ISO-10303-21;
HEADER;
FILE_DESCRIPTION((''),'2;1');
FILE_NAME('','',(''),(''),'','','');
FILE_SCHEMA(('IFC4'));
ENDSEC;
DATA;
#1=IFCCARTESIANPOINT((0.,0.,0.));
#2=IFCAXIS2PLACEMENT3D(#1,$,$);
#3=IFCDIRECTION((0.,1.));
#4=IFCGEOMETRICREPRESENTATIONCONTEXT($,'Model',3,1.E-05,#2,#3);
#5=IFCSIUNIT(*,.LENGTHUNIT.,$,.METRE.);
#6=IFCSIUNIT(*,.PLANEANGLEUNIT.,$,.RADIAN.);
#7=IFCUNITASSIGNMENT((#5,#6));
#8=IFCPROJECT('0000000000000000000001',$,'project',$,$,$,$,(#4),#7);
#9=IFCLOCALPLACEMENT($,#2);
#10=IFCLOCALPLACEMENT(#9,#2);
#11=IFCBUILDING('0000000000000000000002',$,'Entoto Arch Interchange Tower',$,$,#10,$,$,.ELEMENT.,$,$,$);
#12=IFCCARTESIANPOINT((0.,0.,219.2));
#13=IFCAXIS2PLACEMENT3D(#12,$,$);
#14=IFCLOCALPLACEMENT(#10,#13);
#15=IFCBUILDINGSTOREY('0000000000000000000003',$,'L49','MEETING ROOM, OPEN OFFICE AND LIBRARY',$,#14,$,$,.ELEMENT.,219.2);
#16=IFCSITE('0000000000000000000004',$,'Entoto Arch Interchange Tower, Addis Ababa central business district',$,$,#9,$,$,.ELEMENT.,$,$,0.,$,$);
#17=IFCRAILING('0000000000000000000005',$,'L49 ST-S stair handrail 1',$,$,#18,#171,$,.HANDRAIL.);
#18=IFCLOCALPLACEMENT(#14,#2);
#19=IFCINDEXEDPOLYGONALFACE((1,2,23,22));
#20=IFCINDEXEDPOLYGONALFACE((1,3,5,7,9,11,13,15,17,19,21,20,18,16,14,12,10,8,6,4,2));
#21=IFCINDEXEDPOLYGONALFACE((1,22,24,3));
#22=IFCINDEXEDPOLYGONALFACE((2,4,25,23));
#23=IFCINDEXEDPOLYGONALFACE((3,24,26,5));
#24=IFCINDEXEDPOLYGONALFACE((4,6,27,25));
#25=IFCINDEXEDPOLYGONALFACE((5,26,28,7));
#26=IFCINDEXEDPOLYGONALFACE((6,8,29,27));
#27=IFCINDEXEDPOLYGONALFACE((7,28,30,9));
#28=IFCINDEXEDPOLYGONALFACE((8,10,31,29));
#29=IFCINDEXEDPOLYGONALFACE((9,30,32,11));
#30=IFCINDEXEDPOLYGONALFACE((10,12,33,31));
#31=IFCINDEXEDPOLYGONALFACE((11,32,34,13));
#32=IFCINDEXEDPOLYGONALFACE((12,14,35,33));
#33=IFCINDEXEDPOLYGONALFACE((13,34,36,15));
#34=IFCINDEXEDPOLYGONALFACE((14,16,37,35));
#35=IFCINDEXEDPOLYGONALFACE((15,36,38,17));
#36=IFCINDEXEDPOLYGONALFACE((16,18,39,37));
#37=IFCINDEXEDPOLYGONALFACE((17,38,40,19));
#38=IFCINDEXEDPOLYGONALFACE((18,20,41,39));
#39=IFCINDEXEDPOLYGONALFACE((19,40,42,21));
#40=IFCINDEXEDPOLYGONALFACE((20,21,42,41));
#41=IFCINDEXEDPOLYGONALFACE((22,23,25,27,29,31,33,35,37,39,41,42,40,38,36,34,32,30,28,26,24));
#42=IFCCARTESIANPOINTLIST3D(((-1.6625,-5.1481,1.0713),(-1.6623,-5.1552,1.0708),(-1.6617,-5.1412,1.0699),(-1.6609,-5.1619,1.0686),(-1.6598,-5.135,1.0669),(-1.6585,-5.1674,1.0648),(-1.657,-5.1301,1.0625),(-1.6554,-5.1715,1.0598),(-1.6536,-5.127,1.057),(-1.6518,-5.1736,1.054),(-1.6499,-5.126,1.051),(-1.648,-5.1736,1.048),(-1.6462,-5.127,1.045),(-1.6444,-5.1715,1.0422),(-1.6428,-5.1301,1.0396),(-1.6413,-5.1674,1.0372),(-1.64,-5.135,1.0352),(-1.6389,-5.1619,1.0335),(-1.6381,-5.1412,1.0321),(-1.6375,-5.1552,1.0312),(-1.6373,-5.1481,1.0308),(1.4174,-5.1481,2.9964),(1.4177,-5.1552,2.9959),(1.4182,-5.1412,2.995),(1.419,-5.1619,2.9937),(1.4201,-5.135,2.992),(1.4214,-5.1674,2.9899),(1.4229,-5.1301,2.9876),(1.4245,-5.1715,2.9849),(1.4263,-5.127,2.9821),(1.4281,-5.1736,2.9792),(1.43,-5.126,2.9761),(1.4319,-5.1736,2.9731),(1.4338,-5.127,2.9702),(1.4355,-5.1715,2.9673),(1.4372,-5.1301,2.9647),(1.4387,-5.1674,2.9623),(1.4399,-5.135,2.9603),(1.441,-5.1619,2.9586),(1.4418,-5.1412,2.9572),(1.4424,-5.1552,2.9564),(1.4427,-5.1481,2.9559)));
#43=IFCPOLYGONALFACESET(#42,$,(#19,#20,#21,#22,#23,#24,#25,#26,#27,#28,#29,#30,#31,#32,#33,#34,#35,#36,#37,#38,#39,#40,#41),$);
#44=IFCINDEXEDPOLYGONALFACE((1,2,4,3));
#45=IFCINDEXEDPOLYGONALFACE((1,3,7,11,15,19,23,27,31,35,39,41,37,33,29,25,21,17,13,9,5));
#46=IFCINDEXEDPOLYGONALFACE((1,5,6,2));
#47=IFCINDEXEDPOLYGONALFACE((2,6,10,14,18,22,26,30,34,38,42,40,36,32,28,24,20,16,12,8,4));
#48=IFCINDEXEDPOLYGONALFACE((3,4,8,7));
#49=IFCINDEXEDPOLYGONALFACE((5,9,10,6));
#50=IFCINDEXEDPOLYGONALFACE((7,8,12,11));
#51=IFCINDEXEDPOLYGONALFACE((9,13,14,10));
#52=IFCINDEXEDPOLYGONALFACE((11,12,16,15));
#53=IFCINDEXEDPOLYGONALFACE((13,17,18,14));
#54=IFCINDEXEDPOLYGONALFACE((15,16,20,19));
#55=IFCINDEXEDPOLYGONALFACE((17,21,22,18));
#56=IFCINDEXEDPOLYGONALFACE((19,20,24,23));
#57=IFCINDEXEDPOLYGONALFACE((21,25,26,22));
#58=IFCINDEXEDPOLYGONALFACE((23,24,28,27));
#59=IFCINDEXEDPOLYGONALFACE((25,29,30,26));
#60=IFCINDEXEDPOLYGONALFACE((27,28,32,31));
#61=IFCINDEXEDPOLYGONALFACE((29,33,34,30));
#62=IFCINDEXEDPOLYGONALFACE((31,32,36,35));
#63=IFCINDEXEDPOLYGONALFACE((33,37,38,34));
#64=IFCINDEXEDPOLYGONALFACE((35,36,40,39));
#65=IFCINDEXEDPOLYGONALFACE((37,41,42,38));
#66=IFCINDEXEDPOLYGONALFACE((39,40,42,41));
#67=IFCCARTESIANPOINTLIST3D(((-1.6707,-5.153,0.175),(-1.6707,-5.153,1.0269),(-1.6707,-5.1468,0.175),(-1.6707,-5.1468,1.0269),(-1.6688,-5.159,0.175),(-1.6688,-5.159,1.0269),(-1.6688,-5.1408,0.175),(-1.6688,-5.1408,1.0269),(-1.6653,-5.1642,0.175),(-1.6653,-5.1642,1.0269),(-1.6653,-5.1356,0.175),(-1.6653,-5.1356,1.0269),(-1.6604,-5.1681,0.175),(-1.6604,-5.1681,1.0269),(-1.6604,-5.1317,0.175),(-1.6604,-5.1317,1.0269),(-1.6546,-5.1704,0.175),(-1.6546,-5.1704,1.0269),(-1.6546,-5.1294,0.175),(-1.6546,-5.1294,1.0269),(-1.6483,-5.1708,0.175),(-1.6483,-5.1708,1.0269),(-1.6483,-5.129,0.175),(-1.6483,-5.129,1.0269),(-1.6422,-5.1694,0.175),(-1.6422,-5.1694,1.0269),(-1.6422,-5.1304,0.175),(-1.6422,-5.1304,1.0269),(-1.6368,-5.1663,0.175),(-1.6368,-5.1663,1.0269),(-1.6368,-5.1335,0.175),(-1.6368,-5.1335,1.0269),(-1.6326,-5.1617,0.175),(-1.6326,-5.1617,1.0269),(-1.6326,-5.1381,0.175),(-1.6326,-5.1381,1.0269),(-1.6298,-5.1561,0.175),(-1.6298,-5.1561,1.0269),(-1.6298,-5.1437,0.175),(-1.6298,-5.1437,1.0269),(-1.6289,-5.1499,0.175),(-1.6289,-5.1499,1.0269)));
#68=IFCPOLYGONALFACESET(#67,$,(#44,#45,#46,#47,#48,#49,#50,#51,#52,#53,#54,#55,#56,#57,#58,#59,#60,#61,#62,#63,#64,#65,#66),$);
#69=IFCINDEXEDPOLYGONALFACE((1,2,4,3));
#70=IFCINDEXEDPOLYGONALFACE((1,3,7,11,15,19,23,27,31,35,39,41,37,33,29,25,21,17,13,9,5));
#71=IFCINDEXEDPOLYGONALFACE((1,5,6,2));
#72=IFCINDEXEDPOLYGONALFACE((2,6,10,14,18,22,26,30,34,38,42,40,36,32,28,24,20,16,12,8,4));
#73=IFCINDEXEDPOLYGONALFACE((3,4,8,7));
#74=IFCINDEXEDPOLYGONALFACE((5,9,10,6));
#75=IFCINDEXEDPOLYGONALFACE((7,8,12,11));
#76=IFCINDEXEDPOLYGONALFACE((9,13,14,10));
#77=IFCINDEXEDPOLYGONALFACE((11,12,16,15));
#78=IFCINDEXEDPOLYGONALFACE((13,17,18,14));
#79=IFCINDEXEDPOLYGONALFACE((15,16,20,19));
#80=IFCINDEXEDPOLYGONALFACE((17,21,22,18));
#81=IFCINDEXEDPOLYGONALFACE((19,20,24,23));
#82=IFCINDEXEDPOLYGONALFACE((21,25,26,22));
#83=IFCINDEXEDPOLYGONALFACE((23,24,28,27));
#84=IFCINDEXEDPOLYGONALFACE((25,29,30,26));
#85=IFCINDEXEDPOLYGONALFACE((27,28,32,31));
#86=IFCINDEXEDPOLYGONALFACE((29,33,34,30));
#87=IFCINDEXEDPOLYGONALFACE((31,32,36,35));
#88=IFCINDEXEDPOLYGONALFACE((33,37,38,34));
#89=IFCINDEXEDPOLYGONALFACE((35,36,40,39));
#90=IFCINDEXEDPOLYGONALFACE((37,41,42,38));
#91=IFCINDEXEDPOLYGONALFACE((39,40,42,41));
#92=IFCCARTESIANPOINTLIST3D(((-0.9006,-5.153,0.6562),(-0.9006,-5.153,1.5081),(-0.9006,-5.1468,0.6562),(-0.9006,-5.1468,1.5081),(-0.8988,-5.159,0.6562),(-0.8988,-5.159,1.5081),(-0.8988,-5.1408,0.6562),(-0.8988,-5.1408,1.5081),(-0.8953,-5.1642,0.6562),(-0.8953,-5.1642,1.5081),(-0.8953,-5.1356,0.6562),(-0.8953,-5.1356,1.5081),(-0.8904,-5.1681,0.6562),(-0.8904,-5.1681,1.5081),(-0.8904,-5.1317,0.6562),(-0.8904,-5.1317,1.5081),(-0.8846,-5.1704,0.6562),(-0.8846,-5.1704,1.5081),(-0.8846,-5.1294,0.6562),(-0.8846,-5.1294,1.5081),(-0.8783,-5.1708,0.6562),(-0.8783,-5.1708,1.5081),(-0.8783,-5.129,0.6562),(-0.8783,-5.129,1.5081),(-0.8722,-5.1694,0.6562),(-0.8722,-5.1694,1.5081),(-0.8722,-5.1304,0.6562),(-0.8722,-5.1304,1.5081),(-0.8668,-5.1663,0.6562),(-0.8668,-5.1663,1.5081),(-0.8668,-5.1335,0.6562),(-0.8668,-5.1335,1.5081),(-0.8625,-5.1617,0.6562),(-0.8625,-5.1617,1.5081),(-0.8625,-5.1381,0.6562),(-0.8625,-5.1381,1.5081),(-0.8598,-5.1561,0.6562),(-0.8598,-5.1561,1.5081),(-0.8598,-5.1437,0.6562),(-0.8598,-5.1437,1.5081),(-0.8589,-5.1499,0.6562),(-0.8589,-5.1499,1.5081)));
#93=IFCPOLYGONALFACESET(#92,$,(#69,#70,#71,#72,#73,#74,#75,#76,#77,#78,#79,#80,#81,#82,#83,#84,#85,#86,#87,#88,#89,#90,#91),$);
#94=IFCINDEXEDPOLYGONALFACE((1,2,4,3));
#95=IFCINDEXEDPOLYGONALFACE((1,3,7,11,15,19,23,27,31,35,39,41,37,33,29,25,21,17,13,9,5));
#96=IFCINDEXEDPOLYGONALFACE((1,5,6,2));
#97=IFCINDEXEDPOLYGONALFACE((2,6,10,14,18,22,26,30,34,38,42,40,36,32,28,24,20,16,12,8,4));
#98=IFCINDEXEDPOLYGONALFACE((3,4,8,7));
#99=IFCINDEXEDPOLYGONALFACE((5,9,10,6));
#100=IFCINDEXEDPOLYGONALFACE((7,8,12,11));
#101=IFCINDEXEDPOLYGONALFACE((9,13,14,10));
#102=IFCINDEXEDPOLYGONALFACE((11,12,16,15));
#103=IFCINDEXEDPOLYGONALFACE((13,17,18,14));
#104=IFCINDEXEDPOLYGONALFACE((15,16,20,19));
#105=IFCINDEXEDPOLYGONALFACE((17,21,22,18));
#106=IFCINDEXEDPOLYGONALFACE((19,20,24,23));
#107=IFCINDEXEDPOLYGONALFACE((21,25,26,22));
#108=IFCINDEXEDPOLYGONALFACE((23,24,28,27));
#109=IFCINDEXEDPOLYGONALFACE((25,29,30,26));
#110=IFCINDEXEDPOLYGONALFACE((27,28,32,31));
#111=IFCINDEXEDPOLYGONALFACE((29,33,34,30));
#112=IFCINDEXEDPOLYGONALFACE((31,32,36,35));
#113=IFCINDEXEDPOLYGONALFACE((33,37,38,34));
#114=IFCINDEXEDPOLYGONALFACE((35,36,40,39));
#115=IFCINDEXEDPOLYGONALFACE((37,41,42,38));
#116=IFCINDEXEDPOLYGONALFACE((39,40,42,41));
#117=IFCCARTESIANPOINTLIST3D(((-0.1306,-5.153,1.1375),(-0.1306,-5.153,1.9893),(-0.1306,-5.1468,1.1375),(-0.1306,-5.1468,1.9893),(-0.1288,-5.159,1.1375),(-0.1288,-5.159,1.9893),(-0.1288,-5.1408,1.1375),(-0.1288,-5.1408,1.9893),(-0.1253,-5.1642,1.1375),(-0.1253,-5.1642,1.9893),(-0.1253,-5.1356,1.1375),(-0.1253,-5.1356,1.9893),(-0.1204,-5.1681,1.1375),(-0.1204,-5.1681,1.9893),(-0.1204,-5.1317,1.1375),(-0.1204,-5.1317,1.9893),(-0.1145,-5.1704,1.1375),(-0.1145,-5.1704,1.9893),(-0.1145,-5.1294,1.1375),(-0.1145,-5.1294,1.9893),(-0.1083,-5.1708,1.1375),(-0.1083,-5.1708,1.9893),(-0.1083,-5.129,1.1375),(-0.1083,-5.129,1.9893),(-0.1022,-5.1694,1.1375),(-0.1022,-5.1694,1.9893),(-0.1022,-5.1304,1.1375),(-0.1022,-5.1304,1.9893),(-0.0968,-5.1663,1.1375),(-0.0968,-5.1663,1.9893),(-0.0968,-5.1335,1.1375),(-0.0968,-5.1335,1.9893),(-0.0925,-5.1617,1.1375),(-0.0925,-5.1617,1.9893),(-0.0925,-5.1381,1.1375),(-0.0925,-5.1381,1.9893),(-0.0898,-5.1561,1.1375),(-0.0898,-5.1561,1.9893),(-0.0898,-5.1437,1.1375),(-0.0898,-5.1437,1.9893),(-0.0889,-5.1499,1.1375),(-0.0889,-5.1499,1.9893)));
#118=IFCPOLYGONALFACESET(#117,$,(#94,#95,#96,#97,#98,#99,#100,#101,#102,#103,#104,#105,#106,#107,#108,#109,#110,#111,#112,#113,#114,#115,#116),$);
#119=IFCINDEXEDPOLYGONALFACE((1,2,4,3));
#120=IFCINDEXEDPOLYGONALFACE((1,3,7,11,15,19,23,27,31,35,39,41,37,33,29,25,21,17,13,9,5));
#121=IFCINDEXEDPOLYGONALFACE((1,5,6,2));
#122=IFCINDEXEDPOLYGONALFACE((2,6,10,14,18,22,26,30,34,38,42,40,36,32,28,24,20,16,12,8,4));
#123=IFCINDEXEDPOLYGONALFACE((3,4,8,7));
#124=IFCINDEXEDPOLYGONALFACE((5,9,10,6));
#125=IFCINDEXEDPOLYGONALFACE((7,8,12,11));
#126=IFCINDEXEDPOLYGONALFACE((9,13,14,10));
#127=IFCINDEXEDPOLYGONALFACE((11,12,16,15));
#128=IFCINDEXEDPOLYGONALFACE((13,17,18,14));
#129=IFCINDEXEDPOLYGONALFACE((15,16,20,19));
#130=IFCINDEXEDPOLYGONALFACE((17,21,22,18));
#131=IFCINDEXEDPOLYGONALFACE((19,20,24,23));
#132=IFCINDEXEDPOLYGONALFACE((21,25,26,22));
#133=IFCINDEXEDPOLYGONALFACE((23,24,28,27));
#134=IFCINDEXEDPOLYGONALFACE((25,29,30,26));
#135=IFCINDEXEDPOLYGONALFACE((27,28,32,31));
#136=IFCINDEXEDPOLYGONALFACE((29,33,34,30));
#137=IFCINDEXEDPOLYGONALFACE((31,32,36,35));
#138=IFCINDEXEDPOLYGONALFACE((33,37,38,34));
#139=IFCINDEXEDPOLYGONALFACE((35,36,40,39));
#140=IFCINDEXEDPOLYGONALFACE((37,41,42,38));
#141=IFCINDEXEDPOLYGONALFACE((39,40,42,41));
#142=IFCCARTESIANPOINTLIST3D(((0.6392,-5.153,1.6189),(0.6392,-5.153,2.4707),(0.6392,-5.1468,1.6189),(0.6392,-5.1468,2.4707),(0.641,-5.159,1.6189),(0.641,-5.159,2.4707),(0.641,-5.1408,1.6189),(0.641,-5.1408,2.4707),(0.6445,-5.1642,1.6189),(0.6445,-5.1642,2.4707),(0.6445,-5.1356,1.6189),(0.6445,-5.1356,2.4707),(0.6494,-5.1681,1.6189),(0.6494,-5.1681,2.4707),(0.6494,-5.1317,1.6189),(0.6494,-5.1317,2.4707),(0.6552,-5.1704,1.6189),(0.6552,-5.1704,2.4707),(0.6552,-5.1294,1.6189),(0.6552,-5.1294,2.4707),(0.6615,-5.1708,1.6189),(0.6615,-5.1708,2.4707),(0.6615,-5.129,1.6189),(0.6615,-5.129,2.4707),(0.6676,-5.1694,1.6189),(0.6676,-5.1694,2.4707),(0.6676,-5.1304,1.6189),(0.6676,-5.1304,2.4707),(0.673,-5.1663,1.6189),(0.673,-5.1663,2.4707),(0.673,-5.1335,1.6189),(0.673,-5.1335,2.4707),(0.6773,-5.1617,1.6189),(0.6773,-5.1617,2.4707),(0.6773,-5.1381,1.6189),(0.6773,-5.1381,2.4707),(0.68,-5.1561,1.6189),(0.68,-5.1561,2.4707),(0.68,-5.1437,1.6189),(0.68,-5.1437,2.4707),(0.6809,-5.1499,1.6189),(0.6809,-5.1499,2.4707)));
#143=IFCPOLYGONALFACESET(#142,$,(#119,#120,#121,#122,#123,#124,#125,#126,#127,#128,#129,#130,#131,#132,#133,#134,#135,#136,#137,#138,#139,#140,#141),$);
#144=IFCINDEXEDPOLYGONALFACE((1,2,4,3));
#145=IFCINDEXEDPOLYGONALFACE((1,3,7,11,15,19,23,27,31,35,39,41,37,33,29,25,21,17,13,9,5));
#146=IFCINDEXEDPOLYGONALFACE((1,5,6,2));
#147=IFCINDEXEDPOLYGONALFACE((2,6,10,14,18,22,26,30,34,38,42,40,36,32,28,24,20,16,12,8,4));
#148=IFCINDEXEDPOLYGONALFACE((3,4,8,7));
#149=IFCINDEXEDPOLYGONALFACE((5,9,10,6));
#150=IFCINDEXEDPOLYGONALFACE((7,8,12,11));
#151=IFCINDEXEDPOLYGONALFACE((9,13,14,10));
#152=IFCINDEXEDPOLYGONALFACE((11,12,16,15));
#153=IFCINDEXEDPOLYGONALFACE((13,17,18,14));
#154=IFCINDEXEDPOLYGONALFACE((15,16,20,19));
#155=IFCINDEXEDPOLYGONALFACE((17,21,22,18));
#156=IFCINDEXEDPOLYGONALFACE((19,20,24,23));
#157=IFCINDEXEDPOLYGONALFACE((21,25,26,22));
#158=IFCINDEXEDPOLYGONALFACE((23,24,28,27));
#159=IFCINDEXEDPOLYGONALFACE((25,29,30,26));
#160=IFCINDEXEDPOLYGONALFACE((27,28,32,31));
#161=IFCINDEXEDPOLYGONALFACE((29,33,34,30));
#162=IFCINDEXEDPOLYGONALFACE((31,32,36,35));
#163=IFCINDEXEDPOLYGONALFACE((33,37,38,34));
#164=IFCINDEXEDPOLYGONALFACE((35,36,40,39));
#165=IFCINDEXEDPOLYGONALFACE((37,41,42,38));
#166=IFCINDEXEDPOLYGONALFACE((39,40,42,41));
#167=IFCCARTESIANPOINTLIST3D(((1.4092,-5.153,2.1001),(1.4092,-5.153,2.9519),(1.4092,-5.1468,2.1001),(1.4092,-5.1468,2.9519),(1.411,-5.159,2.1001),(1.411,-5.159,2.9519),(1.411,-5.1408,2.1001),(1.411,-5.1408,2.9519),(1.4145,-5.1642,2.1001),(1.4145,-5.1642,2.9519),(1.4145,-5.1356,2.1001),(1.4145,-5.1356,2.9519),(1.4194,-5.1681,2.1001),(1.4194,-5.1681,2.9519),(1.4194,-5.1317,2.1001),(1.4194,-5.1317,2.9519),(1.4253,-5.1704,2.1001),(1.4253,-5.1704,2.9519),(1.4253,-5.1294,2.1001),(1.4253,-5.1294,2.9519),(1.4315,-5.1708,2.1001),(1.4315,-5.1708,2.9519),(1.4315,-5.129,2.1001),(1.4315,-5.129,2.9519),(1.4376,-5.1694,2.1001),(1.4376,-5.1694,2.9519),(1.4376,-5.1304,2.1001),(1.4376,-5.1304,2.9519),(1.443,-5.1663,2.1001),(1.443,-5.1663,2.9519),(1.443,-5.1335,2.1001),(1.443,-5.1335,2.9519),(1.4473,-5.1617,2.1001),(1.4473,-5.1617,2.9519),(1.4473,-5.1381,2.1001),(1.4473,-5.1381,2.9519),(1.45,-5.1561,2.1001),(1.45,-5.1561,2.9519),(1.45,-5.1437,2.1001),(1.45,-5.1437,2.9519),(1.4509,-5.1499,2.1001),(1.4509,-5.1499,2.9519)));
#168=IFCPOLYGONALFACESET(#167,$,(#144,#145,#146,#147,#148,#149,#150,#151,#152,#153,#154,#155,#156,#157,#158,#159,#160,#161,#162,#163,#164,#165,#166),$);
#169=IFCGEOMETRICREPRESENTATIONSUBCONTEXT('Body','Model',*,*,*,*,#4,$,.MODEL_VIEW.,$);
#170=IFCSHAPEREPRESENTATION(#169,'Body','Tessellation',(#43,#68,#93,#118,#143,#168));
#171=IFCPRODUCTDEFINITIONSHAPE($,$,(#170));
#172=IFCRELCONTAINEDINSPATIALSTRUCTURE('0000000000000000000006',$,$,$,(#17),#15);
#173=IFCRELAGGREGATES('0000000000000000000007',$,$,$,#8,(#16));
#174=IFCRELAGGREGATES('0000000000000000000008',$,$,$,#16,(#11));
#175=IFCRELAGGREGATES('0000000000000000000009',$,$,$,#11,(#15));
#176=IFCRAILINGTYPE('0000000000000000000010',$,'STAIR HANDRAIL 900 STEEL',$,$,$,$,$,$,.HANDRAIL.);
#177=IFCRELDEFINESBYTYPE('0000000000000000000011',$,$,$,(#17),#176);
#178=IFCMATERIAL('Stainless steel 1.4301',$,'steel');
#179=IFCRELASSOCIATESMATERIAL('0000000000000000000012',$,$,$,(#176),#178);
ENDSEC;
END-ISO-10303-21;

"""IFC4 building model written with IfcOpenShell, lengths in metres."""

from ifc_helpers import new_model, si_unit, direction, frame, origin, origin_2d, place, context, subcontext, project, spatial, circle, extrude, material, type_object, element, save


model = new_model("IFC4")

# Units and contexts
model_context = context("Model", 3, precision=1e-05, world=origin(), true_north=direction((0.0, 1.0)))
body_context = subcontext(model_context, "Body", "Model", "MODEL_VIEW")
ifc_project = project(units=[si_unit("LENGTHUNIT", "METRE"), si_unit("PLANEANGLEUNIT", "RADIAN")], contexts=[model_context])

# Site, building, storey
site_placement = place(None, origin())
site = spatial("IfcSite", under=ifc_project, at=site_placement, Name="Entoto Arch Interchange Tower, Addis Ababa central business district", CompositionType="ELEMENT", RefElevation=0.0)
building_placement = place(site_placement, origin())
building = spatial("IfcBuilding", under=site, at=building_placement, Name="Entoto Arch Interchange Tower", CompositionType="ELEMENT")
storey_placement = place(building_placement, frame((0.0, 0.0, 219.2)))
storey = spatial("IfcBuildingStorey", under=building, at=storey_placement, Name="L49", Description="MEETING ROOM, OPEN OFFICE AND LIBRARY", CompositionType="ELEMENT", Elevation=219.2)

# Railing
ifc_material_1 = material(Name="Stainless steel 1.4301", Category="steel")
railing_type_1 = type_object("IfcRailingType", Name="STAIR HANDRAIL 900 STEEL", PredefinedType="HANDRAIL", material=ifc_material_1)
railing_1_placement = place(storey_placement, frame((-1.6499, -5.1499, 0.175)))
element("IfcRailing", 1, at=railing_1_placement, inside=storey, type_object=railing_type_1, Name="L49 ST-S stair handrail 1", PredefinedType="HANDRAIL", context=body_context, shape_type="SweptSolid", body=[
    extrude(circle(Radius=0.0239, at=origin_2d()), frame((0.0, 0.0, 0.876), z_axis=(0.847979, 0.0, 0.530029), x_axis=(0.0, 1.0, 0.0)), (0.0, 0.0, 1.0), 3.6321),
    extrude(circle(Radius=0.021, at=origin_2d()), origin(), (0.0, 0.0, 1.0), 0.8518),
    extrude(circle(Radius=0.021, at=origin_2d()), frame((0.77, 0.0, 0.4812)), (0.0, 0.0, 1.0), 0.8518),
    extrude(circle(Radius=0.021, at=origin_2d()), frame((1.54, 0.0, 0.9624)), (0.0, 0.0, 1.0), 0.8518),
    extrude(circle(Radius=0.021, at=origin_2d()), frame((2.3098, 0.0, 1.4438)), (0.0, 0.0, 1.0), 0.8518),
    extrude(circle(Radius=0.021, at=origin_2d()), frame((3.0798, 0.0, 1.925)), (0.0, 0.0, 1.0), 0.8518),
])

save(model, "model.ifc")
